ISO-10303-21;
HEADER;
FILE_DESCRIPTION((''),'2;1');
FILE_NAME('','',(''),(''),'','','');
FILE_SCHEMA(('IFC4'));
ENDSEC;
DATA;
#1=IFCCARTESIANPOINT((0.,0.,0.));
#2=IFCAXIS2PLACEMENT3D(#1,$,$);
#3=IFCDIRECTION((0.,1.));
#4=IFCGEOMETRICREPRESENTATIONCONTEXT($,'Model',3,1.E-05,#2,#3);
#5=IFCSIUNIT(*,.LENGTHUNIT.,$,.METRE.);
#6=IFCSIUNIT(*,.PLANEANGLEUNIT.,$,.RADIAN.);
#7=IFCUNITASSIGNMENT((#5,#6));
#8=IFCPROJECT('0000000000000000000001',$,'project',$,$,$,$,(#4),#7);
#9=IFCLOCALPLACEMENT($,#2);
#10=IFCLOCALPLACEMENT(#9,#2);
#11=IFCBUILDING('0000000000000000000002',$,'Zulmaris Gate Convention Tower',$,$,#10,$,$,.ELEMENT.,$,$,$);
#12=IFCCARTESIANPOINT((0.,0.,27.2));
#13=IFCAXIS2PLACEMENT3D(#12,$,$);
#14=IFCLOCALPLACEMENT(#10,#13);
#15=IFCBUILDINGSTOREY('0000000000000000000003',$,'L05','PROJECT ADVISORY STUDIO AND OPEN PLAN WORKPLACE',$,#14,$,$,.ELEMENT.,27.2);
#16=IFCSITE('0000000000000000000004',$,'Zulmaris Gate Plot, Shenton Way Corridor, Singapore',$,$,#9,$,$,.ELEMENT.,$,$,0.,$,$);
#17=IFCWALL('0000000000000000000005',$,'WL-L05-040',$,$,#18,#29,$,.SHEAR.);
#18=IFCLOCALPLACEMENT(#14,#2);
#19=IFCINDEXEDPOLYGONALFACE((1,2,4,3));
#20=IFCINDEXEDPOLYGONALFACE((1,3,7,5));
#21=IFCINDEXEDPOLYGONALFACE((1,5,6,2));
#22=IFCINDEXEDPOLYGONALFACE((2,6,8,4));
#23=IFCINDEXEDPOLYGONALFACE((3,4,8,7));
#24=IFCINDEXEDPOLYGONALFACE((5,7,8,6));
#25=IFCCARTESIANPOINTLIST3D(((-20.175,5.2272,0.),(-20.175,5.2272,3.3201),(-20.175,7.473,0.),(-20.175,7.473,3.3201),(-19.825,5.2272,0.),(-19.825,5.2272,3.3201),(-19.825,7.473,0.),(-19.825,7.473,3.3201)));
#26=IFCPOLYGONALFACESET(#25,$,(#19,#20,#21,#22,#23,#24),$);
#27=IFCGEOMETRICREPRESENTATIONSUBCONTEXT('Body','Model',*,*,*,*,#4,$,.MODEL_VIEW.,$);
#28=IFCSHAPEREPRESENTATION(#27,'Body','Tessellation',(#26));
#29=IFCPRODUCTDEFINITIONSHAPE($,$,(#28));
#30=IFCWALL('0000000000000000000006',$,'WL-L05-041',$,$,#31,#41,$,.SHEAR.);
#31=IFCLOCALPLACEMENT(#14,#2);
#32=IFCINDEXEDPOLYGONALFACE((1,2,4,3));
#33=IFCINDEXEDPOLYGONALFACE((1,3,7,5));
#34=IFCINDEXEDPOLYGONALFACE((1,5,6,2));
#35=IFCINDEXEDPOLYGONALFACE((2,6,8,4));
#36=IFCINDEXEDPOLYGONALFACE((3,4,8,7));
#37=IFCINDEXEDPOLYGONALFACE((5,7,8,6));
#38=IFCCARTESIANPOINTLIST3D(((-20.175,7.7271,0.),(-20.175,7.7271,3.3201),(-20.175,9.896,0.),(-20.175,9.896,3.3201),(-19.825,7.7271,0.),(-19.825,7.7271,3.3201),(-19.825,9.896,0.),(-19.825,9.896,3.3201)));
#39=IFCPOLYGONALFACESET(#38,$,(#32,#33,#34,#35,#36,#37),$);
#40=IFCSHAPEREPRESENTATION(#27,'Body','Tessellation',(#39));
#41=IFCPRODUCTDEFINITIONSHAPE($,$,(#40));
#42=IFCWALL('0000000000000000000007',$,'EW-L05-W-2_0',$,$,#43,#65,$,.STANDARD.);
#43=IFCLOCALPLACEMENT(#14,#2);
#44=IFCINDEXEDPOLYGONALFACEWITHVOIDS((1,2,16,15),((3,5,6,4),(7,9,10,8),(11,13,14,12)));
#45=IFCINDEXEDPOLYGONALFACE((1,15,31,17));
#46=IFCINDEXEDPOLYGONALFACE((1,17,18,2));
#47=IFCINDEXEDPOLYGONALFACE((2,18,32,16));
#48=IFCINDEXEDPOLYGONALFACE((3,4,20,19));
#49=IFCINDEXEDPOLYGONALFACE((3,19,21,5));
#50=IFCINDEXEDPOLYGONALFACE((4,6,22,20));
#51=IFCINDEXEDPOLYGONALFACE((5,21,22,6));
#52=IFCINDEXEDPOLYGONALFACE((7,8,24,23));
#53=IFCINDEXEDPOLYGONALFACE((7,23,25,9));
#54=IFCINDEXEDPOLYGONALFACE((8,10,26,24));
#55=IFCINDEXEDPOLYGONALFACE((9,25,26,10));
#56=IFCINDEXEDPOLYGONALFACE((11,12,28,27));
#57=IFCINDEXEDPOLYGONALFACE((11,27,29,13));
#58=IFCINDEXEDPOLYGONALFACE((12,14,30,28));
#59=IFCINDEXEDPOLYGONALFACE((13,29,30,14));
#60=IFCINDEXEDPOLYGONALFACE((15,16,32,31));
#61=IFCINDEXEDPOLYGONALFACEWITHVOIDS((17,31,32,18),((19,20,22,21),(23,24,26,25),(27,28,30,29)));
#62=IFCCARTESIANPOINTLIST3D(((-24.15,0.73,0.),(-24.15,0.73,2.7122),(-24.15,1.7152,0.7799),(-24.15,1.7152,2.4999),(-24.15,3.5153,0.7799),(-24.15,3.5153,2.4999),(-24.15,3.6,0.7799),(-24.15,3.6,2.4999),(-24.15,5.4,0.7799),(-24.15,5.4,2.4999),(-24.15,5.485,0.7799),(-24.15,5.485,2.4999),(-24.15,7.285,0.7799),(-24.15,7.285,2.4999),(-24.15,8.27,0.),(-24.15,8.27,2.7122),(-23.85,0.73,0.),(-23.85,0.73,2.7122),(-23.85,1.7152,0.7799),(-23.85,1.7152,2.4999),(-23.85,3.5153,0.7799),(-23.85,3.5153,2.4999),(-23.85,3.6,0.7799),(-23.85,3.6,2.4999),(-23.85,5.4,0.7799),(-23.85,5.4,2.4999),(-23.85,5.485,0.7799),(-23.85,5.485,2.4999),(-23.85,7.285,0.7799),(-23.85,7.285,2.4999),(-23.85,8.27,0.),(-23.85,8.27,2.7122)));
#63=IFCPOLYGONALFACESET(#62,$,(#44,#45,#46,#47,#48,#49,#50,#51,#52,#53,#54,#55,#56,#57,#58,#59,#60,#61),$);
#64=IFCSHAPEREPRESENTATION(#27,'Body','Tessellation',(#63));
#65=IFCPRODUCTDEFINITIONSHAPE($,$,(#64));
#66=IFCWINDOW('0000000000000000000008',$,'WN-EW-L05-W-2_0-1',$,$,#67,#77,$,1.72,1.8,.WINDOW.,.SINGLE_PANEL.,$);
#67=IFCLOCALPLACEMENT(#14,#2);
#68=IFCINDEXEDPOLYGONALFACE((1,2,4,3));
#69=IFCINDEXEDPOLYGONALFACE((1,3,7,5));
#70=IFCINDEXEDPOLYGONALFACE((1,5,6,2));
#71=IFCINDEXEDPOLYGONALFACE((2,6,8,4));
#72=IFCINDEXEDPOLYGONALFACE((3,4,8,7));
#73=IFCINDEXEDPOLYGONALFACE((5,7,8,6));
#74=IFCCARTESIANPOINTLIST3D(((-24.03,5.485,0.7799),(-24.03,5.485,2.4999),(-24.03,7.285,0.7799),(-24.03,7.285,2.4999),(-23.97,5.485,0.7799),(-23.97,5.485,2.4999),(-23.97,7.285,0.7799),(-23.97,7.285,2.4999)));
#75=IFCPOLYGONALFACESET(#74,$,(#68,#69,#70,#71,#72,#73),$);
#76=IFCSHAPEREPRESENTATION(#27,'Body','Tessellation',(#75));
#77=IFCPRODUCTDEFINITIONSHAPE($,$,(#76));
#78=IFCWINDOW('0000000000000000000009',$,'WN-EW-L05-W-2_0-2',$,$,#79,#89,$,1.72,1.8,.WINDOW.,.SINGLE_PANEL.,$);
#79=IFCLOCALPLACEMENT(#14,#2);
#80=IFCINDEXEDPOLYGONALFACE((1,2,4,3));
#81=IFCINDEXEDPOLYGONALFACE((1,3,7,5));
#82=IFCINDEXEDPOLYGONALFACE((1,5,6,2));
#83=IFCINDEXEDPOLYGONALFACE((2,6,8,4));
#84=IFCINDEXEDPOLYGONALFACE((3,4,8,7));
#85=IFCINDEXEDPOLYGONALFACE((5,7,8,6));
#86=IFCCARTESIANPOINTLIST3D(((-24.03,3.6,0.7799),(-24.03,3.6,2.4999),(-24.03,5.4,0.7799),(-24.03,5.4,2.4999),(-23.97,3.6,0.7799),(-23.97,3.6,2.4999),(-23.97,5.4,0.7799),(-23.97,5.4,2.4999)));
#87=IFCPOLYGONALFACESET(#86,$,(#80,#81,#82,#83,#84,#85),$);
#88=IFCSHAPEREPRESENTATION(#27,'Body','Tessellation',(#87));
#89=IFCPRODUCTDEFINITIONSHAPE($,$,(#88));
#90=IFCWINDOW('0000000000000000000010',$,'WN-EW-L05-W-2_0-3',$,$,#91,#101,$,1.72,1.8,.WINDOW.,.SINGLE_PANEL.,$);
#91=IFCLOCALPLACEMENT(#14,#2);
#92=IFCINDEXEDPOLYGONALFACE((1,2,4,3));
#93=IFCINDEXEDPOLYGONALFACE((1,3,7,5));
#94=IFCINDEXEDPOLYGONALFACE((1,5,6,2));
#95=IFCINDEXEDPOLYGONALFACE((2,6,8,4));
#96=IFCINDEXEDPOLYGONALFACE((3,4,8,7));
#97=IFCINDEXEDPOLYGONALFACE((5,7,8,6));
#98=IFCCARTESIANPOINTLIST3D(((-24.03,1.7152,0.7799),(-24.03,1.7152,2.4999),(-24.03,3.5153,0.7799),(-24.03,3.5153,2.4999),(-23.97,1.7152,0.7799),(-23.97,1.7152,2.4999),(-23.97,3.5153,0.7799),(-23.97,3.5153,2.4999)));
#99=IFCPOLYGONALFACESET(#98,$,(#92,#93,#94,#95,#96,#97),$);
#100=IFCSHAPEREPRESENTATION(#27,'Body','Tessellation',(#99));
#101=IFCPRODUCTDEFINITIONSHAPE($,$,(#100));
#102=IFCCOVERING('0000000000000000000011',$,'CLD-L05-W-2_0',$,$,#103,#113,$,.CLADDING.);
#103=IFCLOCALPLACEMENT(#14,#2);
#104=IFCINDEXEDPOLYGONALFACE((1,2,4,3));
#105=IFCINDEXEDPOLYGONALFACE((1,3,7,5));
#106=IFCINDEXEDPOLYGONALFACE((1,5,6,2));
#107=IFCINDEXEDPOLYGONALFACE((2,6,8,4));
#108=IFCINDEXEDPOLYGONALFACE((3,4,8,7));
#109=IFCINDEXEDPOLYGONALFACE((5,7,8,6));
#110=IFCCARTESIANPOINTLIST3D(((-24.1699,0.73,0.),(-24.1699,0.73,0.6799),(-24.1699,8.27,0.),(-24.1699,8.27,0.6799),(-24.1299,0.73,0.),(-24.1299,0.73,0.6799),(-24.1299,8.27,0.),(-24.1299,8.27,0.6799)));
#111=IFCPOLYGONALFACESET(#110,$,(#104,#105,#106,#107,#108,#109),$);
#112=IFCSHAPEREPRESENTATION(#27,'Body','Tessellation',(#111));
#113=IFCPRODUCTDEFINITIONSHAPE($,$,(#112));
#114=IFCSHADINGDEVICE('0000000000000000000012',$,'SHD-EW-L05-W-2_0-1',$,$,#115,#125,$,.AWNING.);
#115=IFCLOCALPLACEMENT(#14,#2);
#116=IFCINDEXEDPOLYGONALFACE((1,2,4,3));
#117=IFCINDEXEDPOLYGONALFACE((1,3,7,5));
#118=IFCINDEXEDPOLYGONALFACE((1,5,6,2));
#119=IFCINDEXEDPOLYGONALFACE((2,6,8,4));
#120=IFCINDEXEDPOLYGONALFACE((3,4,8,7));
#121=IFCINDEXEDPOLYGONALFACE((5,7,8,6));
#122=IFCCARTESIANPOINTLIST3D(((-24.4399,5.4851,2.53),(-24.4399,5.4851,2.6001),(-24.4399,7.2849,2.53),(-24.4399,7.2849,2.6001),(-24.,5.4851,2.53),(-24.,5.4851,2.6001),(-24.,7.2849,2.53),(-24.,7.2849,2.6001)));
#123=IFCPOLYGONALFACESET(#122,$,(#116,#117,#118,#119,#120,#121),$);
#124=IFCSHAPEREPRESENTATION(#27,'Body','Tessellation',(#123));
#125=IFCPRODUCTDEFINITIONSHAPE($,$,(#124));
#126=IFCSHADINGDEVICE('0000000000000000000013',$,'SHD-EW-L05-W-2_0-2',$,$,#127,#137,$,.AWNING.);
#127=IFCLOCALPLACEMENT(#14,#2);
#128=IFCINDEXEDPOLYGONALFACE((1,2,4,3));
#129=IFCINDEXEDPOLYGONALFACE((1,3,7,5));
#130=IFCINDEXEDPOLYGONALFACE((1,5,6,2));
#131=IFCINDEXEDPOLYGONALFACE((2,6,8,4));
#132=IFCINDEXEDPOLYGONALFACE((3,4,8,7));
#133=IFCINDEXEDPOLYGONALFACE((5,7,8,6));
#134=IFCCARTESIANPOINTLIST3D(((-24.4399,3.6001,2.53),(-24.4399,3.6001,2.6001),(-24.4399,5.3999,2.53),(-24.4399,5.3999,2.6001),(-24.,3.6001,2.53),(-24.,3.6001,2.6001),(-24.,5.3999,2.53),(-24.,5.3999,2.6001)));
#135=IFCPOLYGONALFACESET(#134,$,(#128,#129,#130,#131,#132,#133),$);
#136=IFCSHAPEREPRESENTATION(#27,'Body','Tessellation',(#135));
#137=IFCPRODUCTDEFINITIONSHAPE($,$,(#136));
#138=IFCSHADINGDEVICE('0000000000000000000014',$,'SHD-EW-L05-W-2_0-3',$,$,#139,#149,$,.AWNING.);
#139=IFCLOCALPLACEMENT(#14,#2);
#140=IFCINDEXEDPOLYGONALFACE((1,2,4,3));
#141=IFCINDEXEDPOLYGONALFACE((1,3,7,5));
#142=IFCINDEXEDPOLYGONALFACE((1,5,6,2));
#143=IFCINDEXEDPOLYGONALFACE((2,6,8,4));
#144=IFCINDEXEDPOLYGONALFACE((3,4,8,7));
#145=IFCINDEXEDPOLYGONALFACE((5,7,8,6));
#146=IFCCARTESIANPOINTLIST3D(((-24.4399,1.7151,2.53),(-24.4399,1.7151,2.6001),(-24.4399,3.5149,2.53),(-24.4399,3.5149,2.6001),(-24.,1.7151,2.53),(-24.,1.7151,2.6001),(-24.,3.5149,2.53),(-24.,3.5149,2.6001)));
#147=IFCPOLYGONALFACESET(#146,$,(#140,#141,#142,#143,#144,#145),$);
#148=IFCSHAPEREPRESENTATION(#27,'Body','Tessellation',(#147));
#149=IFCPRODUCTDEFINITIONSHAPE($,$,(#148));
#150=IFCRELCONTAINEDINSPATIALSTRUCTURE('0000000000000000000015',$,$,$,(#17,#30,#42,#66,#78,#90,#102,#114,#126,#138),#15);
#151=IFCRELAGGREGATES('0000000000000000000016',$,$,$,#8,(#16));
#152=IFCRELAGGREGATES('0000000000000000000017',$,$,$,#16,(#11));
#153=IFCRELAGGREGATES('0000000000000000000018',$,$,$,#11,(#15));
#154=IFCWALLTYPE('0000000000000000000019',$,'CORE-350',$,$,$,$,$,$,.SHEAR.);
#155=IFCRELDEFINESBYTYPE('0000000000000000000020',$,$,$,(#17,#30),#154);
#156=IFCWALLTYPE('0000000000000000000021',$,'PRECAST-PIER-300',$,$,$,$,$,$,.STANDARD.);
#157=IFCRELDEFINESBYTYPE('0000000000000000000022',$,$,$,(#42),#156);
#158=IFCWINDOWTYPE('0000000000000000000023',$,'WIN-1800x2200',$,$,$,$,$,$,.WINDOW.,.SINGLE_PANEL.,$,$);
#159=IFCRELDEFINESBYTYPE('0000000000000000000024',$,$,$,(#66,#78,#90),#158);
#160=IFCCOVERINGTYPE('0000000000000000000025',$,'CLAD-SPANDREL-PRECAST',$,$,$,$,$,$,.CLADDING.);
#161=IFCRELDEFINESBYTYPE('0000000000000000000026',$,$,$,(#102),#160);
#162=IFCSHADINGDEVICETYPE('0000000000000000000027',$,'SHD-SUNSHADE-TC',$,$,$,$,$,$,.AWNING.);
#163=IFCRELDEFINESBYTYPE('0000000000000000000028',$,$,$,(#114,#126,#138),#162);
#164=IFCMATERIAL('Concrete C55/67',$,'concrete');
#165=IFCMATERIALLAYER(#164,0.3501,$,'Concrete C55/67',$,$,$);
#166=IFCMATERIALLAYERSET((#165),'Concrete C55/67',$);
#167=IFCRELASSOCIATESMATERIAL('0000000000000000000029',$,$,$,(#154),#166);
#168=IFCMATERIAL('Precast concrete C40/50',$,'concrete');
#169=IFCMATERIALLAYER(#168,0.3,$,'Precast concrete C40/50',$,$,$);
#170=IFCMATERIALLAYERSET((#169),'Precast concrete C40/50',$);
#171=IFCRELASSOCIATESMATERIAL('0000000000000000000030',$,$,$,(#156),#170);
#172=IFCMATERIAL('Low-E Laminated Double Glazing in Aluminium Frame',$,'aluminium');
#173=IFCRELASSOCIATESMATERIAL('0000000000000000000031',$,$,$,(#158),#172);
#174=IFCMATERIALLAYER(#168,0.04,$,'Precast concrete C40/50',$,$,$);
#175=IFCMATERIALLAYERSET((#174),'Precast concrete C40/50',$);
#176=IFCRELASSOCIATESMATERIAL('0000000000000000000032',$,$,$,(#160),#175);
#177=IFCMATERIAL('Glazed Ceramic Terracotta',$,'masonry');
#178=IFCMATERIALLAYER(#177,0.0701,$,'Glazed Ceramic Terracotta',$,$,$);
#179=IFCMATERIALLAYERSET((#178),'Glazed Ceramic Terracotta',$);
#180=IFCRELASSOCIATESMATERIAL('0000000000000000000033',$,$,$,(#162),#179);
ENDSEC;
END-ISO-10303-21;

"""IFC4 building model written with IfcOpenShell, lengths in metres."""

from ifc_helpers import new_model, si_unit, direction, frame, frame_2d, origin, place, context, subcontext, project, spatial, rectangle, extrude, material, layer, layer_set, type_object, element, fill, save


model = new_model("IFC4")

# Units and contexts
model_context = context("Model", 3, precision=1e-05, world=origin(), true_north=direction((0.0, 1.0)))
body_context = subcontext(model_context, "Body", "Model", "MODEL_VIEW")
ifc_project = project(units=[si_unit("LENGTHUNIT", "METRE"), si_unit("PLANEANGLEUNIT", "RADIAN")], contexts=[model_context])

# Site, building, storey
site_placement = place(None, origin())
site = spatial("IfcSite", under=ifc_project, at=site_placement, Name="Zulmaris Gate Plot, Shenton Way Corridor, Singapore", CompositionType="ELEMENT", RefElevation=0.0)
building_placement = place(site_placement, origin())
building = spatial("IfcBuilding", under=site, at=building_placement, Name="Zulmaris Gate Convention Tower", CompositionType="ELEMENT")
storey_placement = place(building_placement, frame((0.0, 0.0, 27.2)))
storey = spatial("IfcBuildingStorey", under=building, at=storey_placement, Name="L05", Description="PROJECT ADVISORY STUDIO AND OPEN PLAN WORKPLACE", CompositionType="ELEMENT", Elevation=27.2)

# Walls
ifc_material_1 = material(Name="Concrete C55/67", Category="concrete")
ifc_layer_1 = layer(ifc_material_1, 0.3501, Name="Concrete C55/67")
ifc_layer_set_1 = layer_set([ifc_layer_1], Name="Concrete C55/67")
wall_type_1 = type_object("IfcWallType", Name="CORE-350", PredefinedType="SHEAR", material=ifc_layer_set_1)
for number, where, z_axis, x_axis, name in (
    (1, (-20.0, 5.2271, 0.0), (0.0, 0.0, 1.0), (0.0, 1.0, 0.0), "WL-L05-040"),
):
    element("IfcWall", number, at=place(storey_placement, frame(where, z_axis=z_axis, x_axis=x_axis)), inside=storey, type_object=wall_type_1, Name=name, PredefinedType="SHEAR", context=body_context, shape_type="SweptSolid", body=[
        extrude(rectangle(XDim=2.2458, YDim=0.3501, at=frame_2d((1.123, 0.0))), origin(), (0.0, 0.0, 1.0), 3.3201),
    ])
wall_1_placement = place(storey_placement, frame((-20.0, 7.7271, 0.0), z_axis=(0.0, 0.0, 1.0), x_axis=(0.0, 1.0, 0.0)))
element("IfcWall", 2, at=wall_1_placement, inside=storey, type_object=wall_type_1, Name="WL-L05-041", PredefinedType="SHEAR", context=body_context, shape_type="SweptSolid", body=[
    extrude(rectangle(XDim=2.1689, YDim=0.3501, at=frame_2d((1.0845, 0.0))), origin(), (0.0, 0.0, 1.0), 3.3201),
])

# Wall, openings, windows
ifc_material_2 = material(Name="Precast concrete C40/50", Category="concrete")
ifc_layer_2 = layer(ifc_material_2, 0.3, Name="Precast concrete C40/50")
ifc_layer_set_2 = layer_set([ifc_layer_2], Name="Precast concrete C40/50")
wall_type_2 = type_object("IfcWallType", Name="PRECAST-PIER-300", PredefinedType="STANDARD", material=ifc_layer_set_2)
wall_2_placement = place(storey_placement, frame((-24.0, 8.27, 0.0), z_axis=(0.0, 0.0, 1.0), x_axis=(0.0, -1.0, 0.0)))
wall_2 = element("IfcWall", 3, at=wall_2_placement, inside=storey, type_object=wall_type_2, Name="EW-L05-W-2_0", PredefinedType="STANDARD", context=body_context, shape_type="SweptSolid", body=[
    extrude(rectangle(XDim=7.54, YDim=0.3, at=frame_2d((3.77, 0.0))), origin(), (0.0, 0.0, 1.0), 2.7122),
])
opening_1_placement = place(wall_2_placement, frame((0.9851, 0.0, 0.78)))
opening_1 = element("IfcOpeningElement", 4, at=opening_1_placement, cuts=wall_2, PredefinedType="OPENING", context=body_context, shape_type="SweptSolid", body=[
    extrude(rectangle(XDim=1.8, YDim=1.72, at=frame_2d((0.8999, 0.8599))), frame((0.0, 0.1602, 0.0), z_axis=(0.0, -1.0, 0.0), x_axis=(1.0, 0.0, 0.0)), (0.0, 0.0, 1.0), 0.3201),
])
opening_2_placement = place(wall_2_placement, frame((2.8701, 0.0, 0.78)))
opening_2 = element("IfcOpeningElement", 5, at=opening_2_placement, cuts=wall_2, PredefinedType="OPENING", context=body_context, shape_type="SweptSolid", body=[
    extrude(rectangle(XDim=1.8, YDim=1.72, at=frame_2d((0.8999, 0.8599))), frame((0.0, 0.1602, 0.0), z_axis=(0.0, -1.0, 0.0), x_axis=(1.0, 0.0, 0.0)), (0.0, 0.0, 1.0), 0.3201),
])
opening_3_placement = place(wall_2_placement, frame((4.7549, 0.0, 0.78)))
opening_3 = element("IfcOpeningElement", 6, at=opening_3_placement, cuts=wall_2, PredefinedType="OPENING", context=body_context, shape_type="SweptSolid", body=[
    extrude(rectangle(XDim=1.8, YDim=1.72, at=frame_2d((0.8999, 0.8599))), frame((0.0, 0.1602, 0.0), z_axis=(0.0, -1.0, 0.0), x_axis=(1.0, 0.0, 0.0)), (0.0, 0.0, 1.0), 0.3201),
])
ifc_material_3 = material(Name="Low-E Laminated Double Glazing in Aluminium Frame", Category="aluminium")
window_type = type_object("IfcWindowType", Name="WIN-1800x2200", PartitioningType="SINGLE_PANEL", PredefinedType="WINDOW", material=ifc_material_3)
window_1_placement = place(opening_1_placement, origin())
window_1 = element("IfcWindow", 7, at=window_1_placement, inside=storey, type_object=window_type, Name="WN-EW-L05-W-2_0-1", OverallHeight=1.72, OverallWidth=1.8, PartitioningType="SINGLE_PANEL", PredefinedType="WINDOW", context=body_context, shape_type="SweptSolid", body=[
    extrude(rectangle(XDim=1.8, YDim=1.72, at=frame_2d((0.8999, 0.8599))), frame((0.0, 0.03, 0.0), z_axis=(0.0, -1.0, 0.0), x_axis=(1.0, 0.0, 0.0)), (0.0, 0.0, 1.0), 0.0601),
])
fill(opening_1, window_1)
window_2_placement = place(opening_2_placement, origin())
window_2 = element("IfcWindow", 8, at=window_2_placement, inside=storey, type_object=window_type, Name="WN-EW-L05-W-2_0-2", OverallHeight=1.72, OverallWidth=1.8, PartitioningType="SINGLE_PANEL", PredefinedType="WINDOW", context=body_context, shape_type="SweptSolid", body=[
    extrude(rectangle(XDim=1.8, YDim=1.72, at=frame_2d((0.8999, 0.8599))), frame((0.0, 0.03, 0.0), z_axis=(0.0, -1.0, 0.0), x_axis=(1.0, 0.0, 0.0)), (0.0, 0.0, 1.0), 0.0601),
])
fill(opening_2, window_2)
window_3_placement = place(opening_3_placement, origin())
window_3 = element("IfcWindow", 9, at=window_3_placement, inside=storey, type_object=window_type, Name="WN-EW-L05-W-2_0-3", OverallHeight=1.72, OverallWidth=1.8, PartitioningType="SINGLE_PANEL", PredefinedType="WINDOW", context=body_context, shape_type="SweptSolid", body=[
    extrude(rectangle(XDim=1.8, YDim=1.72, at=frame_2d((0.8999, 0.8599))), frame((0.0, 0.03, 0.0), z_axis=(0.0, -1.0, 0.0), x_axis=(1.0, 0.0, 0.0)), (0.0, 0.0, 1.0), 0.0601),
])
fill(opening_3, window_3)

# Covering
ifc_layer_3 = layer(ifc_material_2, 0.04, Name="Precast concrete C40/50")
ifc_layer_set_3 = layer_set([ifc_layer_3], Name="Precast concrete C40/50")
covering_type = type_object("IfcCoveringType", Name="CLAD-SPANDREL-PRECAST", PredefinedType="CLADDING", material=ifc_layer_set_3)
covering_placement = place(storey_placement, frame((-24.1499, 8.27, 0.0), z_axis=(0.0, 0.0, 1.0), x_axis=(0.0, -1.0, 0.0)))
element("IfcCovering", 10, at=covering_placement, inside=storey, type_object=covering_type, Name="CLD-L05-W-2_0", PredefinedType="CLADDING", context=body_context, shape_type="SweptSolid", body=[
    extrude(rectangle(XDim=7.54, YDim=0.04, at=frame_2d((3.77, 0.0))), origin(), (0.0, 0.0, 1.0), 0.6799),
])

# Shading devices
ifc_material_4 = material(Name="Glazed Ceramic Terracotta", Category="masonry")
ifc_layer_4 = layer(ifc_material_4, 0.0701, Name="Glazed Ceramic Terracotta")
ifc_layer_set_4 = layer_set([ifc_layer_4], Name="Glazed Ceramic Terracotta")
shading_device_type = type_object("IfcShadingDeviceType", Name="SHD-SUNSHADE-TC", PredefinedType="AWNING", material=ifc_layer_set_4)
for number, where, z_axis, x_axis, name in (
    (11, (-24.22, 7.2849, 2.53), (0.0, 0.0, 1.0), (0.0, -1.0, 0.0), "SHD-EW-L05-W-2_0-1"),
    (12, (-24.22, 5.3999, 2.53), (0.0, 0.0, 1.0), (0.0, -1.0, 0.0), "SHD-EW-L05-W-2_0-2"),
    (13, (-24.22, 3.5149, 2.53), (0.0, 0.0, 1.0), (0.0, -1.0, 0.0), "SHD-EW-L05-W-2_0-3"),
):
    element("IfcShadingDevice", number, at=place(storey_placement, frame(where, z_axis=z_axis, x_axis=x_axis)), inside=storey, type_object=shading_device_type, Name=name, PredefinedType="AWNING", context=body_context, shape_type="SweptSolid", body=[
        extrude(rectangle(XDim=1.7998, YDim=0.4399, at=frame_2d((0.8999, 0.0))), origin(), (0.0, 0.0, 1.0), 0.0701),
    ])

save(model, "model.ifc")
